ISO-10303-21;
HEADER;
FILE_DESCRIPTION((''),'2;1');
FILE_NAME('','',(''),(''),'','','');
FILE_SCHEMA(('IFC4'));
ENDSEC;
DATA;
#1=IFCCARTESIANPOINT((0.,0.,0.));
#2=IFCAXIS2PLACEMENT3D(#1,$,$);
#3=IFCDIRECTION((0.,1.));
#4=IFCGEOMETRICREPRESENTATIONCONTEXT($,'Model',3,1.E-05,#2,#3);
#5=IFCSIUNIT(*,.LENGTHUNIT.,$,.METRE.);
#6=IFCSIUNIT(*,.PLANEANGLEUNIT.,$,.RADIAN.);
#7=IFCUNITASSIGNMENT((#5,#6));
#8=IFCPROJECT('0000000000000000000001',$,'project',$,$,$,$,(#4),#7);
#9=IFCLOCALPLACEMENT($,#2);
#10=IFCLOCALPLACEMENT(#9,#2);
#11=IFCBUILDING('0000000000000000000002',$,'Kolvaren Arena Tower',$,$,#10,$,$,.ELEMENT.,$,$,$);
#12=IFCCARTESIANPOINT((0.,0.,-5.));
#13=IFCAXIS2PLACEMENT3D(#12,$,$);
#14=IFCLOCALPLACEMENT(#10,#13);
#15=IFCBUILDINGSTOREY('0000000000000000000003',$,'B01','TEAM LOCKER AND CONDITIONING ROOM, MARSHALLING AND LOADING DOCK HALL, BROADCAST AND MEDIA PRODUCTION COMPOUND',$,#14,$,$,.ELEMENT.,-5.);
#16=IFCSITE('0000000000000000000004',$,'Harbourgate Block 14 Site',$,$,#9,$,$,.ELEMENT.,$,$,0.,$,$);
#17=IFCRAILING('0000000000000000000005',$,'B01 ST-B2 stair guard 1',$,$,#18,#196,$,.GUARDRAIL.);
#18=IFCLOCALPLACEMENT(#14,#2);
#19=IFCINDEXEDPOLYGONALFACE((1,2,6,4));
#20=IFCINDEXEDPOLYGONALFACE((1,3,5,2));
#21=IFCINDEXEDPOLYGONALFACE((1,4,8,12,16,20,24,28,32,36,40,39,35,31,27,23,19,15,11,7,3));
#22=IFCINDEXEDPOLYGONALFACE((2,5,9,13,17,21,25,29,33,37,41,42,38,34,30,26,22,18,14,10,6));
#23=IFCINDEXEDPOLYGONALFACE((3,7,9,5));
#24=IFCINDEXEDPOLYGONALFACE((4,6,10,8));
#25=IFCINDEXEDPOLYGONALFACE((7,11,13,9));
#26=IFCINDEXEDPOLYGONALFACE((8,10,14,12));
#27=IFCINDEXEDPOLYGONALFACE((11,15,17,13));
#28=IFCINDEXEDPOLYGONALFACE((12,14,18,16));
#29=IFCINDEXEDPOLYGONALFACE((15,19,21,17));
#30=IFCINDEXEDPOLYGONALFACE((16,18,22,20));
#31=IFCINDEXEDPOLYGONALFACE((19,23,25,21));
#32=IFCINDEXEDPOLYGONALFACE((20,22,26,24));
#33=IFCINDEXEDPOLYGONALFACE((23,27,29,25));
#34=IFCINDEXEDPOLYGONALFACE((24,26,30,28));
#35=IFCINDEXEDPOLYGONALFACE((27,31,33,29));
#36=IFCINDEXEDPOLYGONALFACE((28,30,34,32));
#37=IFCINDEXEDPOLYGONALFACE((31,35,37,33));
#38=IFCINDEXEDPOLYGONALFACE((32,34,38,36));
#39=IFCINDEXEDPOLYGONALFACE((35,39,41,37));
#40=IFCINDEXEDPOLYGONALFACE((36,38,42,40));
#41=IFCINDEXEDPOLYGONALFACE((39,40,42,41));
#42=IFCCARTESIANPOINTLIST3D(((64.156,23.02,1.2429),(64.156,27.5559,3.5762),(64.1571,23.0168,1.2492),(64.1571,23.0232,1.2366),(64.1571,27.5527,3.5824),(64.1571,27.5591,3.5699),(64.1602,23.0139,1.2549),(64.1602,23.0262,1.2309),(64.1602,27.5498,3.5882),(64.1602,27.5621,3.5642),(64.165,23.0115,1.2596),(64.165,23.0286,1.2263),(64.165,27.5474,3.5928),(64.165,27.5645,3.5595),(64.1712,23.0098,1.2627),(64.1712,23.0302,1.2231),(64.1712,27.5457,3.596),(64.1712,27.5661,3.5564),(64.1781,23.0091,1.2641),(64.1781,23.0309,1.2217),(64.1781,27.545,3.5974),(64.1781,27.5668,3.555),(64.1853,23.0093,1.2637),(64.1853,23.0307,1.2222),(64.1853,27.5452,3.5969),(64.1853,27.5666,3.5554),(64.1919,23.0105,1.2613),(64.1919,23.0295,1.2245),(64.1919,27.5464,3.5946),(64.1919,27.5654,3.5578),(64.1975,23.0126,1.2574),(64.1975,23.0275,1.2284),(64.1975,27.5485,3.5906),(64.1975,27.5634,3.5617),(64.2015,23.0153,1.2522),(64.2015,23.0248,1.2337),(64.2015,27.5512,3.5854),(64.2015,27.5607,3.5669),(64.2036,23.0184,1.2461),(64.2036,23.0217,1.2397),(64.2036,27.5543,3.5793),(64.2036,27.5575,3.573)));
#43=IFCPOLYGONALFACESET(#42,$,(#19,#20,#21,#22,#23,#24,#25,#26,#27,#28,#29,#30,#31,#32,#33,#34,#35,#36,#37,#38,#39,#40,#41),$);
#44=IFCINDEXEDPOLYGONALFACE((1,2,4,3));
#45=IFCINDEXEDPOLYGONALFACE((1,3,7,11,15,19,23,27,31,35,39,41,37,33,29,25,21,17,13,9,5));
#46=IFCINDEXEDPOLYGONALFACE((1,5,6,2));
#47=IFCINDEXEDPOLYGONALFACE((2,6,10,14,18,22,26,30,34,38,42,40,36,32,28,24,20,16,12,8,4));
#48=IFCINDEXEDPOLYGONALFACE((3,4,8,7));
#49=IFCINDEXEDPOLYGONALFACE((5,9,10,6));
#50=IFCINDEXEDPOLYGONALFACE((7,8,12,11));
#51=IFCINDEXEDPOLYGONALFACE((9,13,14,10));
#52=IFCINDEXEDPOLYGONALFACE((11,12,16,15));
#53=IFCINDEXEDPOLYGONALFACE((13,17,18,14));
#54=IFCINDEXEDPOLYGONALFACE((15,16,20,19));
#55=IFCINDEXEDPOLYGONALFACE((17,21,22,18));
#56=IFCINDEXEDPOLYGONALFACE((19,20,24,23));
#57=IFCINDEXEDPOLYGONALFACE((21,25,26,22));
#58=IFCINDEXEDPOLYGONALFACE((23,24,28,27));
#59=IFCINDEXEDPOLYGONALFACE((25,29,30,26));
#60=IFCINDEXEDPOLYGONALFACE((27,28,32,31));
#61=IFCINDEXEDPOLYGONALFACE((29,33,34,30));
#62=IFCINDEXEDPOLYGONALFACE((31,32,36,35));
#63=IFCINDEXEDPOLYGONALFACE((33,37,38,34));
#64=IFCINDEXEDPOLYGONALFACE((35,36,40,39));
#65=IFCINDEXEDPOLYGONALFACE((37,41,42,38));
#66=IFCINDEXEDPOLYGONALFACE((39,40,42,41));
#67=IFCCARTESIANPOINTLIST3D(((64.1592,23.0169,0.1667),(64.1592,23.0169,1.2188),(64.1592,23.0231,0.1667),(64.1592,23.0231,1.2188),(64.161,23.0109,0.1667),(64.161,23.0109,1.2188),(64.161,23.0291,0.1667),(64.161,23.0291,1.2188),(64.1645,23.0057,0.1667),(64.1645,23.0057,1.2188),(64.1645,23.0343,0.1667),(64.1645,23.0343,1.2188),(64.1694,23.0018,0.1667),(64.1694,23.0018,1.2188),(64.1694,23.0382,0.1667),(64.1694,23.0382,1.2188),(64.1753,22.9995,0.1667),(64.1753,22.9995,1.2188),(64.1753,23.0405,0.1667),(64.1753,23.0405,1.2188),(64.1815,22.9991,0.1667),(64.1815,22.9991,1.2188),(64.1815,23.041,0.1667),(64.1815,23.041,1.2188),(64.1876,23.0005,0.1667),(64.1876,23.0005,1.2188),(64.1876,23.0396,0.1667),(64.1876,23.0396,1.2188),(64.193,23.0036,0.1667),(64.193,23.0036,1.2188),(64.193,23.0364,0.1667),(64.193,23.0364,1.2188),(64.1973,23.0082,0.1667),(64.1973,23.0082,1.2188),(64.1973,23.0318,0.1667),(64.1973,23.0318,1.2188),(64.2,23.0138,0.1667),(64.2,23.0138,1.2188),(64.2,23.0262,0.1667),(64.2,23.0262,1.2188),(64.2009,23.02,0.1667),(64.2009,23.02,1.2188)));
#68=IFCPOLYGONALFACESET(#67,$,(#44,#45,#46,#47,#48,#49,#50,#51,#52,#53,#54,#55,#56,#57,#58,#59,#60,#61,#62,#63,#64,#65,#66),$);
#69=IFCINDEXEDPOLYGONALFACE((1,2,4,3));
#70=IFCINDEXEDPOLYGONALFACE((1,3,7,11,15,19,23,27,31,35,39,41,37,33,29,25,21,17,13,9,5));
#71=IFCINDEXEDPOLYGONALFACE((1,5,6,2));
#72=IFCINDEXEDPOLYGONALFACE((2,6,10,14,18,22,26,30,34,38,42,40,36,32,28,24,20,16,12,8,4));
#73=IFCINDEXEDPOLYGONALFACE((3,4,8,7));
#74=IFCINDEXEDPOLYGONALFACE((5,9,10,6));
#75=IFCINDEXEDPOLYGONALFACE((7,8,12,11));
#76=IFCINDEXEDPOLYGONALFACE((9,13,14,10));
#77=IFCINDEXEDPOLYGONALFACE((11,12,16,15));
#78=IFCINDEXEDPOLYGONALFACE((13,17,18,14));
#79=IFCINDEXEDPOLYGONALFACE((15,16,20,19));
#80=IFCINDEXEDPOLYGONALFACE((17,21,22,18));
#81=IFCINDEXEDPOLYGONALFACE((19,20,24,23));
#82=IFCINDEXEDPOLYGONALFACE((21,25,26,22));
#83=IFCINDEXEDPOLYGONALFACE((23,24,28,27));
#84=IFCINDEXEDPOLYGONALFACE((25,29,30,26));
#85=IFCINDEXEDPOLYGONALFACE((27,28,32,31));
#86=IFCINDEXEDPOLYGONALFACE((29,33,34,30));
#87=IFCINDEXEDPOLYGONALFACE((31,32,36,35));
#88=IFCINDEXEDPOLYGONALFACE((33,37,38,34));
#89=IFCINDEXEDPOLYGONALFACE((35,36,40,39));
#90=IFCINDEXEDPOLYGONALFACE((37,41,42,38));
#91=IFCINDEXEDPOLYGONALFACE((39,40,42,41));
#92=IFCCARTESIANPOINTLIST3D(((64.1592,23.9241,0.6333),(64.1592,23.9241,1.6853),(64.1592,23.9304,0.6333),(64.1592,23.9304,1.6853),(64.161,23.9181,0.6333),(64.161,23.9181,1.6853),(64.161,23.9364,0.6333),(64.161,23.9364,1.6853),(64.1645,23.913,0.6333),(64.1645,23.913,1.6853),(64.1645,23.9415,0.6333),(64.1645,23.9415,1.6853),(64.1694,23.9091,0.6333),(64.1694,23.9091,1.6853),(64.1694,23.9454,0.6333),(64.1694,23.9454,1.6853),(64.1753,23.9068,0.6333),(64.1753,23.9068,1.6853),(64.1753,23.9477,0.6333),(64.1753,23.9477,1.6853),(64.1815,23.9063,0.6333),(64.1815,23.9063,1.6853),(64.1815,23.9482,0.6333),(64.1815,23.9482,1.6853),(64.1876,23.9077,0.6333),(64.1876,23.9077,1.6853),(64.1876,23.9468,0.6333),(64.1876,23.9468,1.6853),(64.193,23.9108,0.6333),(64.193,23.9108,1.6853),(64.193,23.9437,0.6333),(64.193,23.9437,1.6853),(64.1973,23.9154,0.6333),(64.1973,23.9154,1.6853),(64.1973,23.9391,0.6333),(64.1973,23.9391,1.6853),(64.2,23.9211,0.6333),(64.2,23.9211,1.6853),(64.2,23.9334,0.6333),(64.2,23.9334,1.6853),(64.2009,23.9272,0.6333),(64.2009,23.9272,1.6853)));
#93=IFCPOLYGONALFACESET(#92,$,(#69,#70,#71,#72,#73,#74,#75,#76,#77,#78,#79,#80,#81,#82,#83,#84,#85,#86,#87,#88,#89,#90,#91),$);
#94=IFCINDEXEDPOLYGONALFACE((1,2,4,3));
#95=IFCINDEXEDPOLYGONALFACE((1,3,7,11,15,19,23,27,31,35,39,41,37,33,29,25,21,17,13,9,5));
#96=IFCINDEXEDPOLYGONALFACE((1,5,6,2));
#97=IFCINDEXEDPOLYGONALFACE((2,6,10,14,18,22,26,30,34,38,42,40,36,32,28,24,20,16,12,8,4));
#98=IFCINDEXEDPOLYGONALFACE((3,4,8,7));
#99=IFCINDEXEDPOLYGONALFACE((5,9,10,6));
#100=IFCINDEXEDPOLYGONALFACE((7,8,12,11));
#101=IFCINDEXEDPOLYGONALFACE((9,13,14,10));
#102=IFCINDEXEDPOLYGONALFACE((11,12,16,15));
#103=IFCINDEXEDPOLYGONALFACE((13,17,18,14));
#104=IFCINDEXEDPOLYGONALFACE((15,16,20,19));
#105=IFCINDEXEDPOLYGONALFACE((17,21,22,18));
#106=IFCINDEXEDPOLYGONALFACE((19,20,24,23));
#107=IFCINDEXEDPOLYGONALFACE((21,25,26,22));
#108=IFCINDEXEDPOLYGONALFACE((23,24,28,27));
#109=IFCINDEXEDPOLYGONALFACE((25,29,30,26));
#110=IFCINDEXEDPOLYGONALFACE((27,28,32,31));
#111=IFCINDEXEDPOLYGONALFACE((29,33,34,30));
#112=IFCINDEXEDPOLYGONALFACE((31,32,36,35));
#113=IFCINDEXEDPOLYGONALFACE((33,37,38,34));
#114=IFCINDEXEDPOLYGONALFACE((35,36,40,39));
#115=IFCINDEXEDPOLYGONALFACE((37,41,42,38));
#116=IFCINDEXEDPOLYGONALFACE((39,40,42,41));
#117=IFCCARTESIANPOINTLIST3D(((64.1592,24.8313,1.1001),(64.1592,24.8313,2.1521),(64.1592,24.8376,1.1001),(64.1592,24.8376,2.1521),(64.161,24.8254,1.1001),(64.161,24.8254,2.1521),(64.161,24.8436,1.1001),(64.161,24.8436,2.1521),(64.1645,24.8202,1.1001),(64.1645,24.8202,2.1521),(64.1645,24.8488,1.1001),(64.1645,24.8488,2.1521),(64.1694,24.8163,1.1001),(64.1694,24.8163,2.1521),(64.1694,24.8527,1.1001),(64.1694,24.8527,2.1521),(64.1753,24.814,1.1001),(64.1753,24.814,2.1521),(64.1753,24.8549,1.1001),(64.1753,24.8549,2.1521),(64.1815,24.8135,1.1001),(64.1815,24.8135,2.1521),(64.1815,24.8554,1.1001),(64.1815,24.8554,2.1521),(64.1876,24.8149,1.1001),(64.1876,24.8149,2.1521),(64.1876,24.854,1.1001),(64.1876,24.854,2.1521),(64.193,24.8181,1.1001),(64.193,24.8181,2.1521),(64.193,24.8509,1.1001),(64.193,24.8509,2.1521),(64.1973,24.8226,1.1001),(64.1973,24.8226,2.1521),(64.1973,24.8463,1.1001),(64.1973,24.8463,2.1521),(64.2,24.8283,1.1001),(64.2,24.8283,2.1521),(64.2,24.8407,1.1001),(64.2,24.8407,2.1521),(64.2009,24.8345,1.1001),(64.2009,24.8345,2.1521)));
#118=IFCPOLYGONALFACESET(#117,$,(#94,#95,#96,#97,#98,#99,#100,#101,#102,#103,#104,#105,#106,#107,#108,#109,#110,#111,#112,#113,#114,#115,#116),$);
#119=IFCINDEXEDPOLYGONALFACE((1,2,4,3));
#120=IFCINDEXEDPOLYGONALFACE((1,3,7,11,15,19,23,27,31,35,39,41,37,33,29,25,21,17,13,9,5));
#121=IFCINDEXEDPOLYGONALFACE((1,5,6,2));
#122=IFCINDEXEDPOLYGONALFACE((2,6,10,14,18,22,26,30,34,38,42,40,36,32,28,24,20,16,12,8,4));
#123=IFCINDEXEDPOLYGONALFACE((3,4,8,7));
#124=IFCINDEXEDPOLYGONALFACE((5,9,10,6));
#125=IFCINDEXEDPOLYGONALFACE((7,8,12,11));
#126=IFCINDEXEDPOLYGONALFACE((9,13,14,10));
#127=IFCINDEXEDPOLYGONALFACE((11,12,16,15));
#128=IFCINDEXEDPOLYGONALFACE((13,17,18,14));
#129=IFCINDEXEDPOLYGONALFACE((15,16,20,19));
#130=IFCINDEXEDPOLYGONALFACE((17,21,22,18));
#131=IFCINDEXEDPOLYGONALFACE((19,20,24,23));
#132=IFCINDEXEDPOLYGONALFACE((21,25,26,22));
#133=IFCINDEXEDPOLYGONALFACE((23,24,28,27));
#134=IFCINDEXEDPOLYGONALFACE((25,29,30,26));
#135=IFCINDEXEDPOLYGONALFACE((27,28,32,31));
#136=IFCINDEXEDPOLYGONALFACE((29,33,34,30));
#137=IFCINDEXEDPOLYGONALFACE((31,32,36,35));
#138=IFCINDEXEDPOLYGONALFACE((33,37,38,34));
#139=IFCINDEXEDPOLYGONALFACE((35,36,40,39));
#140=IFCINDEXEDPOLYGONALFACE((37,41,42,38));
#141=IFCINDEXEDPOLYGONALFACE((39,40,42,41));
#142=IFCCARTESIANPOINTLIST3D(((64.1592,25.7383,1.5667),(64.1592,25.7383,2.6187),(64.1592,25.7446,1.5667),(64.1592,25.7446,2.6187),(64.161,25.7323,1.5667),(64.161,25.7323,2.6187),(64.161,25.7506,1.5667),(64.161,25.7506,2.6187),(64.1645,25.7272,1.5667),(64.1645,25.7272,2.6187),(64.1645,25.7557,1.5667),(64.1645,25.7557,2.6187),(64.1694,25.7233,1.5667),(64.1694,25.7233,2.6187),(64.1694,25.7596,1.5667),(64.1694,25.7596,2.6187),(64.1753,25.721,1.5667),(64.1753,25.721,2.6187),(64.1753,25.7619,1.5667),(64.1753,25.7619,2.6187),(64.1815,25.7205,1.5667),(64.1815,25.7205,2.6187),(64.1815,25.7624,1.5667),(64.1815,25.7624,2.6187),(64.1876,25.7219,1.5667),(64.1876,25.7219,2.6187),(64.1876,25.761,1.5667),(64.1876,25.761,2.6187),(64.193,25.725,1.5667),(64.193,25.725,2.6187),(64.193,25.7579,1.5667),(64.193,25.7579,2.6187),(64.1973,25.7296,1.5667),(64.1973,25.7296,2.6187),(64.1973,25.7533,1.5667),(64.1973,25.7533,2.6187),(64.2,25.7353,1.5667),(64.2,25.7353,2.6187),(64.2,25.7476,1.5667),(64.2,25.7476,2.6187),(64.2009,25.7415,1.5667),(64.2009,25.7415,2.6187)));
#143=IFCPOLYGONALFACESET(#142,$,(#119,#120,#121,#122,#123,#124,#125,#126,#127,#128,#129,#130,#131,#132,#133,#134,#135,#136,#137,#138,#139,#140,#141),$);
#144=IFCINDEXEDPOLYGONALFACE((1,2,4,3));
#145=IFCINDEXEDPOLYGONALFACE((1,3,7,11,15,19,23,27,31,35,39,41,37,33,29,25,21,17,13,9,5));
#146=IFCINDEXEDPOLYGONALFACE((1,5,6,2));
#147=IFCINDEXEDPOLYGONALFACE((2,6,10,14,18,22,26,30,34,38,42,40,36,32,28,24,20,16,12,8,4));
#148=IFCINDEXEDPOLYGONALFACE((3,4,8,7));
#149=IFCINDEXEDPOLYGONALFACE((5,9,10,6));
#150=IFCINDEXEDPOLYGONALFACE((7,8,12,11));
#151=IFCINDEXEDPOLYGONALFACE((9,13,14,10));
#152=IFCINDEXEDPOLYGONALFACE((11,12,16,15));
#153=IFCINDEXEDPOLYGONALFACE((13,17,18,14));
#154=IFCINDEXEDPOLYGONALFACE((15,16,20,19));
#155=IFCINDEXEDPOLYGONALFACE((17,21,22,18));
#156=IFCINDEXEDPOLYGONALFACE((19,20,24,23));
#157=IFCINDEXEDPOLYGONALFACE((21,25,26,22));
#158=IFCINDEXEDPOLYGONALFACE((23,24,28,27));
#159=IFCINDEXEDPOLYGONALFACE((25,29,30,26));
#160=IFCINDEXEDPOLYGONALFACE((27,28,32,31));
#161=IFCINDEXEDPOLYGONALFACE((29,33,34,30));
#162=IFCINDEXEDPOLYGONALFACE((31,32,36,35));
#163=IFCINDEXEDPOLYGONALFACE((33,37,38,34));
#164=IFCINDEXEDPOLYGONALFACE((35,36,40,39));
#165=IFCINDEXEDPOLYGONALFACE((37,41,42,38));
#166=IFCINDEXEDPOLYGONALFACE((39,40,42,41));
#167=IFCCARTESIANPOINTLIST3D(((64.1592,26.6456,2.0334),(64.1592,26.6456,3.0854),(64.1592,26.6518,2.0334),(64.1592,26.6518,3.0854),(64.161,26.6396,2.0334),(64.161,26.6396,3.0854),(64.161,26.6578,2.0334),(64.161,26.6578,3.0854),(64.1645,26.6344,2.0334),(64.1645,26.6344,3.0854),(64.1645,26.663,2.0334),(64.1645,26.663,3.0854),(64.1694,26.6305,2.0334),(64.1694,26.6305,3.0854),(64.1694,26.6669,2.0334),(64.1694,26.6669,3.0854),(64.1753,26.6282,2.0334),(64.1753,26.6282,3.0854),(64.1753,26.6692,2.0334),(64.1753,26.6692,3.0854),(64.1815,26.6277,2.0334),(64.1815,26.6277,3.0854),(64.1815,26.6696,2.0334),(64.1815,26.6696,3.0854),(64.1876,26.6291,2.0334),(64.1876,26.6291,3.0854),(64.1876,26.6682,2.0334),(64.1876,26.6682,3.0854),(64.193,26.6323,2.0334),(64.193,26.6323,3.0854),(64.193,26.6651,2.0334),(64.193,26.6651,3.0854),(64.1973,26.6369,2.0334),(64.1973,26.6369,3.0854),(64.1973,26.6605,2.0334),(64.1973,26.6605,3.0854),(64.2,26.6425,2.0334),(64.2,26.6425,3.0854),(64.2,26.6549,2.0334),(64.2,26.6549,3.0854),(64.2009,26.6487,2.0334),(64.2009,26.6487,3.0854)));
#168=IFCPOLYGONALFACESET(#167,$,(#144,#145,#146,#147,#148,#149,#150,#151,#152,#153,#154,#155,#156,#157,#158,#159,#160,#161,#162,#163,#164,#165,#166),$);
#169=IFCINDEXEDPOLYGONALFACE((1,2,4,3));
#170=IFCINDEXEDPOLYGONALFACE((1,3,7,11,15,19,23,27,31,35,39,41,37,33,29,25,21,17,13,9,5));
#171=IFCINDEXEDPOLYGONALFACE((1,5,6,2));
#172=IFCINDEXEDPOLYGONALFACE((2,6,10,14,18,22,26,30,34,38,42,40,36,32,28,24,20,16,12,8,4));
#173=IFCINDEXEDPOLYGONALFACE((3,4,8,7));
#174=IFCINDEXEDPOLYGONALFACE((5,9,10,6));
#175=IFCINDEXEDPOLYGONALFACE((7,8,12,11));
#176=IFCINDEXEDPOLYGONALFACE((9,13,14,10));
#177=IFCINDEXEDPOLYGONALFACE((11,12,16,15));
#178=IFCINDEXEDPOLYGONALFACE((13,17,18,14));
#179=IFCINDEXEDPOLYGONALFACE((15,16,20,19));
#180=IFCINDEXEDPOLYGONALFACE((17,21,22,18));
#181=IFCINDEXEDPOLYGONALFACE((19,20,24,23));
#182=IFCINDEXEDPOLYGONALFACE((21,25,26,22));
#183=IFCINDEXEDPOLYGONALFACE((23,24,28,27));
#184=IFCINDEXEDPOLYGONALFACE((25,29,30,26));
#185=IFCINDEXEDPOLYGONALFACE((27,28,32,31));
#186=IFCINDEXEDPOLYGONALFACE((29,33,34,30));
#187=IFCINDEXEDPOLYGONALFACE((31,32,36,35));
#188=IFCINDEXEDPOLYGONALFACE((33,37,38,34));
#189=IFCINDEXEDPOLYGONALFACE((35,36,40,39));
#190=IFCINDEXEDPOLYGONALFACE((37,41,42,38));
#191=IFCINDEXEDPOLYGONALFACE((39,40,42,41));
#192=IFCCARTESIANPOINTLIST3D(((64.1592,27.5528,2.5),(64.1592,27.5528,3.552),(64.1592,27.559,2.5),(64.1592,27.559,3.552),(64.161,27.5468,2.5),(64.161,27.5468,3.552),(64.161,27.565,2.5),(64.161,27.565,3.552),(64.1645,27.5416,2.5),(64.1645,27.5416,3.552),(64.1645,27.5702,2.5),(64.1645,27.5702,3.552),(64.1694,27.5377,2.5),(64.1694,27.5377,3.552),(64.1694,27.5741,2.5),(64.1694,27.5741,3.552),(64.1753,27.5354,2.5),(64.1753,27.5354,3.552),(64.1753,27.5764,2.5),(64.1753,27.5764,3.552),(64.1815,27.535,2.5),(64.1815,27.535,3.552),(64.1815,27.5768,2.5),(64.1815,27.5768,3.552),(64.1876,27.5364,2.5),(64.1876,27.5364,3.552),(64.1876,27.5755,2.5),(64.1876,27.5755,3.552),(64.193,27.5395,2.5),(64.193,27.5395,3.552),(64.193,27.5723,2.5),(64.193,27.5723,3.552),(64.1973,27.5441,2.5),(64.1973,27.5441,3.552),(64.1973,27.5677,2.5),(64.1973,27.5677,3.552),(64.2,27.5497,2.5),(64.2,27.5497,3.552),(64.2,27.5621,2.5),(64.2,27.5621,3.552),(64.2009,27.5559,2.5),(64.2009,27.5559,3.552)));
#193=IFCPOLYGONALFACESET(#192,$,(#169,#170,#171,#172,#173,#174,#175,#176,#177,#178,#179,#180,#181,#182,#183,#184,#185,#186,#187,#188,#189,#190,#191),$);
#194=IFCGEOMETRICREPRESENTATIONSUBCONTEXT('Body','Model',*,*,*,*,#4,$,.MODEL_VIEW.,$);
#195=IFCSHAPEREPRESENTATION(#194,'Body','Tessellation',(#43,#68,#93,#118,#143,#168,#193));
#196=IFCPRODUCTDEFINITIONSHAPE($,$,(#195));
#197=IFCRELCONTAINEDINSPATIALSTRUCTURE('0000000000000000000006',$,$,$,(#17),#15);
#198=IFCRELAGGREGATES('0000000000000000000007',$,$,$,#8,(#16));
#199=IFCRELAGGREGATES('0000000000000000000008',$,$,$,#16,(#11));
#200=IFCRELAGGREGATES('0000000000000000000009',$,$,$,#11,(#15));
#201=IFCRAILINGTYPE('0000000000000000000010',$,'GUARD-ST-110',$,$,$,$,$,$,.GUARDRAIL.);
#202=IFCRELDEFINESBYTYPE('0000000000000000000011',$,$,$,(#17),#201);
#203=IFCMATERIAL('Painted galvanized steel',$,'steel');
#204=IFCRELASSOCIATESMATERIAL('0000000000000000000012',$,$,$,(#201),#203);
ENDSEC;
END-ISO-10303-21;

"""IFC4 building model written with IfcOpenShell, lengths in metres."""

from ifc_helpers import new_model, si_unit, direction, frame, origin, origin_2d, place, context, subcontext, project, spatial, circle, extrude, material, type_object, element, save


model = new_model("IFC4")

# Units and contexts
model_context = context("Model", 3, precision=1e-05, world=origin(), true_north=direction((0.0, 1.0)))
body_context = subcontext(model_context, "Body", "Model", "MODEL_VIEW")
ifc_project = project(units=[si_unit("LENGTHUNIT", "METRE"), si_unit("PLANEANGLEUNIT", "RADIAN")], contexts=[model_context])

# Site, building, storey
site_placement = place(None, origin())
site = spatial("IfcSite", under=ifc_project, at=site_placement, Name="Harbourgate Block 14 Site", CompositionType="ELEMENT", RefElevation=0.0)
building_placement = place(site_placement, origin())
building = spatial("IfcBuilding", under=site, at=building_placement, Name="Kolvaren Arena Tower", CompositionType="ELEMENT")
storey_placement = place(building_placement, frame((0.0, 0.0, -5.0)))
storey = spatial("IfcBuildingStorey", under=building, at=storey_placement, Name="B01", Description="TEAM LOCKER AND CONDITIONING ROOM, MARSHALLING AND LOADING DOCK HALL, BROADCAST AND MEDIA PRODUCTION COMPOUND", CompositionType="ELEMENT", Elevation=-5.0)

# Railing
ifc_material_1 = material(Name="Painted galvanized steel", Category="steel")
railing_type_1 = type_object("IfcRailingType", Name="GUARD-ST-110", PredefinedType="GUARDRAIL", material=ifc_material_1)
railing_1_placement = place(storey_placement, frame((64.1799, 23.02, 0.1667)))
element("IfcRailing", 1, at=railing_1_placement, inside=storey, type_object=railing_type_1, Name="B01 ST-B2 stair guard 1", PredefinedType="GUARDRAIL", context=body_context, shape_type="SweptSolid", body=[
    extrude(circle(Radius=0.0239, at=origin_2d()), frame((0.0, 0.0, 1.0762), z_axis=(0.0, 0.889247, 0.457427), x_axis=(-1.0, 0.0, 0.0)), (0.0, 0.0, 1.0), 5.1008),
    extrude(circle(Radius=0.021, at=origin_2d()), origin(), (0.0, 0.0, 1.0), 1.052),
    extrude(circle(Radius=0.021, at=origin_2d()), frame((0.0, 0.9072, 0.4666)), (0.0, 0.0, 1.0), 1.052),
    extrude(circle(Radius=0.021, at=origin_2d()), frame((0.0, 1.8145, 0.9333)), (0.0, 0.0, 1.0), 1.052),
    extrude(circle(Radius=0.021, at=origin_2d()), frame((0.0, 2.7214, 1.3999)), (0.0, 0.0, 1.0), 1.052),
    extrude(circle(Radius=0.021, at=origin_2d()), frame((0.0, 3.6287, 1.8667)), (0.0, 0.0, 1.0), 1.052),
    extrude(circle(Radius=0.021, at=origin_2d()), frame((0.0, 4.5359, 2.3333)), (0.0, 0.0, 1.0), 1.052),
])

save(model, "model.ifc")
